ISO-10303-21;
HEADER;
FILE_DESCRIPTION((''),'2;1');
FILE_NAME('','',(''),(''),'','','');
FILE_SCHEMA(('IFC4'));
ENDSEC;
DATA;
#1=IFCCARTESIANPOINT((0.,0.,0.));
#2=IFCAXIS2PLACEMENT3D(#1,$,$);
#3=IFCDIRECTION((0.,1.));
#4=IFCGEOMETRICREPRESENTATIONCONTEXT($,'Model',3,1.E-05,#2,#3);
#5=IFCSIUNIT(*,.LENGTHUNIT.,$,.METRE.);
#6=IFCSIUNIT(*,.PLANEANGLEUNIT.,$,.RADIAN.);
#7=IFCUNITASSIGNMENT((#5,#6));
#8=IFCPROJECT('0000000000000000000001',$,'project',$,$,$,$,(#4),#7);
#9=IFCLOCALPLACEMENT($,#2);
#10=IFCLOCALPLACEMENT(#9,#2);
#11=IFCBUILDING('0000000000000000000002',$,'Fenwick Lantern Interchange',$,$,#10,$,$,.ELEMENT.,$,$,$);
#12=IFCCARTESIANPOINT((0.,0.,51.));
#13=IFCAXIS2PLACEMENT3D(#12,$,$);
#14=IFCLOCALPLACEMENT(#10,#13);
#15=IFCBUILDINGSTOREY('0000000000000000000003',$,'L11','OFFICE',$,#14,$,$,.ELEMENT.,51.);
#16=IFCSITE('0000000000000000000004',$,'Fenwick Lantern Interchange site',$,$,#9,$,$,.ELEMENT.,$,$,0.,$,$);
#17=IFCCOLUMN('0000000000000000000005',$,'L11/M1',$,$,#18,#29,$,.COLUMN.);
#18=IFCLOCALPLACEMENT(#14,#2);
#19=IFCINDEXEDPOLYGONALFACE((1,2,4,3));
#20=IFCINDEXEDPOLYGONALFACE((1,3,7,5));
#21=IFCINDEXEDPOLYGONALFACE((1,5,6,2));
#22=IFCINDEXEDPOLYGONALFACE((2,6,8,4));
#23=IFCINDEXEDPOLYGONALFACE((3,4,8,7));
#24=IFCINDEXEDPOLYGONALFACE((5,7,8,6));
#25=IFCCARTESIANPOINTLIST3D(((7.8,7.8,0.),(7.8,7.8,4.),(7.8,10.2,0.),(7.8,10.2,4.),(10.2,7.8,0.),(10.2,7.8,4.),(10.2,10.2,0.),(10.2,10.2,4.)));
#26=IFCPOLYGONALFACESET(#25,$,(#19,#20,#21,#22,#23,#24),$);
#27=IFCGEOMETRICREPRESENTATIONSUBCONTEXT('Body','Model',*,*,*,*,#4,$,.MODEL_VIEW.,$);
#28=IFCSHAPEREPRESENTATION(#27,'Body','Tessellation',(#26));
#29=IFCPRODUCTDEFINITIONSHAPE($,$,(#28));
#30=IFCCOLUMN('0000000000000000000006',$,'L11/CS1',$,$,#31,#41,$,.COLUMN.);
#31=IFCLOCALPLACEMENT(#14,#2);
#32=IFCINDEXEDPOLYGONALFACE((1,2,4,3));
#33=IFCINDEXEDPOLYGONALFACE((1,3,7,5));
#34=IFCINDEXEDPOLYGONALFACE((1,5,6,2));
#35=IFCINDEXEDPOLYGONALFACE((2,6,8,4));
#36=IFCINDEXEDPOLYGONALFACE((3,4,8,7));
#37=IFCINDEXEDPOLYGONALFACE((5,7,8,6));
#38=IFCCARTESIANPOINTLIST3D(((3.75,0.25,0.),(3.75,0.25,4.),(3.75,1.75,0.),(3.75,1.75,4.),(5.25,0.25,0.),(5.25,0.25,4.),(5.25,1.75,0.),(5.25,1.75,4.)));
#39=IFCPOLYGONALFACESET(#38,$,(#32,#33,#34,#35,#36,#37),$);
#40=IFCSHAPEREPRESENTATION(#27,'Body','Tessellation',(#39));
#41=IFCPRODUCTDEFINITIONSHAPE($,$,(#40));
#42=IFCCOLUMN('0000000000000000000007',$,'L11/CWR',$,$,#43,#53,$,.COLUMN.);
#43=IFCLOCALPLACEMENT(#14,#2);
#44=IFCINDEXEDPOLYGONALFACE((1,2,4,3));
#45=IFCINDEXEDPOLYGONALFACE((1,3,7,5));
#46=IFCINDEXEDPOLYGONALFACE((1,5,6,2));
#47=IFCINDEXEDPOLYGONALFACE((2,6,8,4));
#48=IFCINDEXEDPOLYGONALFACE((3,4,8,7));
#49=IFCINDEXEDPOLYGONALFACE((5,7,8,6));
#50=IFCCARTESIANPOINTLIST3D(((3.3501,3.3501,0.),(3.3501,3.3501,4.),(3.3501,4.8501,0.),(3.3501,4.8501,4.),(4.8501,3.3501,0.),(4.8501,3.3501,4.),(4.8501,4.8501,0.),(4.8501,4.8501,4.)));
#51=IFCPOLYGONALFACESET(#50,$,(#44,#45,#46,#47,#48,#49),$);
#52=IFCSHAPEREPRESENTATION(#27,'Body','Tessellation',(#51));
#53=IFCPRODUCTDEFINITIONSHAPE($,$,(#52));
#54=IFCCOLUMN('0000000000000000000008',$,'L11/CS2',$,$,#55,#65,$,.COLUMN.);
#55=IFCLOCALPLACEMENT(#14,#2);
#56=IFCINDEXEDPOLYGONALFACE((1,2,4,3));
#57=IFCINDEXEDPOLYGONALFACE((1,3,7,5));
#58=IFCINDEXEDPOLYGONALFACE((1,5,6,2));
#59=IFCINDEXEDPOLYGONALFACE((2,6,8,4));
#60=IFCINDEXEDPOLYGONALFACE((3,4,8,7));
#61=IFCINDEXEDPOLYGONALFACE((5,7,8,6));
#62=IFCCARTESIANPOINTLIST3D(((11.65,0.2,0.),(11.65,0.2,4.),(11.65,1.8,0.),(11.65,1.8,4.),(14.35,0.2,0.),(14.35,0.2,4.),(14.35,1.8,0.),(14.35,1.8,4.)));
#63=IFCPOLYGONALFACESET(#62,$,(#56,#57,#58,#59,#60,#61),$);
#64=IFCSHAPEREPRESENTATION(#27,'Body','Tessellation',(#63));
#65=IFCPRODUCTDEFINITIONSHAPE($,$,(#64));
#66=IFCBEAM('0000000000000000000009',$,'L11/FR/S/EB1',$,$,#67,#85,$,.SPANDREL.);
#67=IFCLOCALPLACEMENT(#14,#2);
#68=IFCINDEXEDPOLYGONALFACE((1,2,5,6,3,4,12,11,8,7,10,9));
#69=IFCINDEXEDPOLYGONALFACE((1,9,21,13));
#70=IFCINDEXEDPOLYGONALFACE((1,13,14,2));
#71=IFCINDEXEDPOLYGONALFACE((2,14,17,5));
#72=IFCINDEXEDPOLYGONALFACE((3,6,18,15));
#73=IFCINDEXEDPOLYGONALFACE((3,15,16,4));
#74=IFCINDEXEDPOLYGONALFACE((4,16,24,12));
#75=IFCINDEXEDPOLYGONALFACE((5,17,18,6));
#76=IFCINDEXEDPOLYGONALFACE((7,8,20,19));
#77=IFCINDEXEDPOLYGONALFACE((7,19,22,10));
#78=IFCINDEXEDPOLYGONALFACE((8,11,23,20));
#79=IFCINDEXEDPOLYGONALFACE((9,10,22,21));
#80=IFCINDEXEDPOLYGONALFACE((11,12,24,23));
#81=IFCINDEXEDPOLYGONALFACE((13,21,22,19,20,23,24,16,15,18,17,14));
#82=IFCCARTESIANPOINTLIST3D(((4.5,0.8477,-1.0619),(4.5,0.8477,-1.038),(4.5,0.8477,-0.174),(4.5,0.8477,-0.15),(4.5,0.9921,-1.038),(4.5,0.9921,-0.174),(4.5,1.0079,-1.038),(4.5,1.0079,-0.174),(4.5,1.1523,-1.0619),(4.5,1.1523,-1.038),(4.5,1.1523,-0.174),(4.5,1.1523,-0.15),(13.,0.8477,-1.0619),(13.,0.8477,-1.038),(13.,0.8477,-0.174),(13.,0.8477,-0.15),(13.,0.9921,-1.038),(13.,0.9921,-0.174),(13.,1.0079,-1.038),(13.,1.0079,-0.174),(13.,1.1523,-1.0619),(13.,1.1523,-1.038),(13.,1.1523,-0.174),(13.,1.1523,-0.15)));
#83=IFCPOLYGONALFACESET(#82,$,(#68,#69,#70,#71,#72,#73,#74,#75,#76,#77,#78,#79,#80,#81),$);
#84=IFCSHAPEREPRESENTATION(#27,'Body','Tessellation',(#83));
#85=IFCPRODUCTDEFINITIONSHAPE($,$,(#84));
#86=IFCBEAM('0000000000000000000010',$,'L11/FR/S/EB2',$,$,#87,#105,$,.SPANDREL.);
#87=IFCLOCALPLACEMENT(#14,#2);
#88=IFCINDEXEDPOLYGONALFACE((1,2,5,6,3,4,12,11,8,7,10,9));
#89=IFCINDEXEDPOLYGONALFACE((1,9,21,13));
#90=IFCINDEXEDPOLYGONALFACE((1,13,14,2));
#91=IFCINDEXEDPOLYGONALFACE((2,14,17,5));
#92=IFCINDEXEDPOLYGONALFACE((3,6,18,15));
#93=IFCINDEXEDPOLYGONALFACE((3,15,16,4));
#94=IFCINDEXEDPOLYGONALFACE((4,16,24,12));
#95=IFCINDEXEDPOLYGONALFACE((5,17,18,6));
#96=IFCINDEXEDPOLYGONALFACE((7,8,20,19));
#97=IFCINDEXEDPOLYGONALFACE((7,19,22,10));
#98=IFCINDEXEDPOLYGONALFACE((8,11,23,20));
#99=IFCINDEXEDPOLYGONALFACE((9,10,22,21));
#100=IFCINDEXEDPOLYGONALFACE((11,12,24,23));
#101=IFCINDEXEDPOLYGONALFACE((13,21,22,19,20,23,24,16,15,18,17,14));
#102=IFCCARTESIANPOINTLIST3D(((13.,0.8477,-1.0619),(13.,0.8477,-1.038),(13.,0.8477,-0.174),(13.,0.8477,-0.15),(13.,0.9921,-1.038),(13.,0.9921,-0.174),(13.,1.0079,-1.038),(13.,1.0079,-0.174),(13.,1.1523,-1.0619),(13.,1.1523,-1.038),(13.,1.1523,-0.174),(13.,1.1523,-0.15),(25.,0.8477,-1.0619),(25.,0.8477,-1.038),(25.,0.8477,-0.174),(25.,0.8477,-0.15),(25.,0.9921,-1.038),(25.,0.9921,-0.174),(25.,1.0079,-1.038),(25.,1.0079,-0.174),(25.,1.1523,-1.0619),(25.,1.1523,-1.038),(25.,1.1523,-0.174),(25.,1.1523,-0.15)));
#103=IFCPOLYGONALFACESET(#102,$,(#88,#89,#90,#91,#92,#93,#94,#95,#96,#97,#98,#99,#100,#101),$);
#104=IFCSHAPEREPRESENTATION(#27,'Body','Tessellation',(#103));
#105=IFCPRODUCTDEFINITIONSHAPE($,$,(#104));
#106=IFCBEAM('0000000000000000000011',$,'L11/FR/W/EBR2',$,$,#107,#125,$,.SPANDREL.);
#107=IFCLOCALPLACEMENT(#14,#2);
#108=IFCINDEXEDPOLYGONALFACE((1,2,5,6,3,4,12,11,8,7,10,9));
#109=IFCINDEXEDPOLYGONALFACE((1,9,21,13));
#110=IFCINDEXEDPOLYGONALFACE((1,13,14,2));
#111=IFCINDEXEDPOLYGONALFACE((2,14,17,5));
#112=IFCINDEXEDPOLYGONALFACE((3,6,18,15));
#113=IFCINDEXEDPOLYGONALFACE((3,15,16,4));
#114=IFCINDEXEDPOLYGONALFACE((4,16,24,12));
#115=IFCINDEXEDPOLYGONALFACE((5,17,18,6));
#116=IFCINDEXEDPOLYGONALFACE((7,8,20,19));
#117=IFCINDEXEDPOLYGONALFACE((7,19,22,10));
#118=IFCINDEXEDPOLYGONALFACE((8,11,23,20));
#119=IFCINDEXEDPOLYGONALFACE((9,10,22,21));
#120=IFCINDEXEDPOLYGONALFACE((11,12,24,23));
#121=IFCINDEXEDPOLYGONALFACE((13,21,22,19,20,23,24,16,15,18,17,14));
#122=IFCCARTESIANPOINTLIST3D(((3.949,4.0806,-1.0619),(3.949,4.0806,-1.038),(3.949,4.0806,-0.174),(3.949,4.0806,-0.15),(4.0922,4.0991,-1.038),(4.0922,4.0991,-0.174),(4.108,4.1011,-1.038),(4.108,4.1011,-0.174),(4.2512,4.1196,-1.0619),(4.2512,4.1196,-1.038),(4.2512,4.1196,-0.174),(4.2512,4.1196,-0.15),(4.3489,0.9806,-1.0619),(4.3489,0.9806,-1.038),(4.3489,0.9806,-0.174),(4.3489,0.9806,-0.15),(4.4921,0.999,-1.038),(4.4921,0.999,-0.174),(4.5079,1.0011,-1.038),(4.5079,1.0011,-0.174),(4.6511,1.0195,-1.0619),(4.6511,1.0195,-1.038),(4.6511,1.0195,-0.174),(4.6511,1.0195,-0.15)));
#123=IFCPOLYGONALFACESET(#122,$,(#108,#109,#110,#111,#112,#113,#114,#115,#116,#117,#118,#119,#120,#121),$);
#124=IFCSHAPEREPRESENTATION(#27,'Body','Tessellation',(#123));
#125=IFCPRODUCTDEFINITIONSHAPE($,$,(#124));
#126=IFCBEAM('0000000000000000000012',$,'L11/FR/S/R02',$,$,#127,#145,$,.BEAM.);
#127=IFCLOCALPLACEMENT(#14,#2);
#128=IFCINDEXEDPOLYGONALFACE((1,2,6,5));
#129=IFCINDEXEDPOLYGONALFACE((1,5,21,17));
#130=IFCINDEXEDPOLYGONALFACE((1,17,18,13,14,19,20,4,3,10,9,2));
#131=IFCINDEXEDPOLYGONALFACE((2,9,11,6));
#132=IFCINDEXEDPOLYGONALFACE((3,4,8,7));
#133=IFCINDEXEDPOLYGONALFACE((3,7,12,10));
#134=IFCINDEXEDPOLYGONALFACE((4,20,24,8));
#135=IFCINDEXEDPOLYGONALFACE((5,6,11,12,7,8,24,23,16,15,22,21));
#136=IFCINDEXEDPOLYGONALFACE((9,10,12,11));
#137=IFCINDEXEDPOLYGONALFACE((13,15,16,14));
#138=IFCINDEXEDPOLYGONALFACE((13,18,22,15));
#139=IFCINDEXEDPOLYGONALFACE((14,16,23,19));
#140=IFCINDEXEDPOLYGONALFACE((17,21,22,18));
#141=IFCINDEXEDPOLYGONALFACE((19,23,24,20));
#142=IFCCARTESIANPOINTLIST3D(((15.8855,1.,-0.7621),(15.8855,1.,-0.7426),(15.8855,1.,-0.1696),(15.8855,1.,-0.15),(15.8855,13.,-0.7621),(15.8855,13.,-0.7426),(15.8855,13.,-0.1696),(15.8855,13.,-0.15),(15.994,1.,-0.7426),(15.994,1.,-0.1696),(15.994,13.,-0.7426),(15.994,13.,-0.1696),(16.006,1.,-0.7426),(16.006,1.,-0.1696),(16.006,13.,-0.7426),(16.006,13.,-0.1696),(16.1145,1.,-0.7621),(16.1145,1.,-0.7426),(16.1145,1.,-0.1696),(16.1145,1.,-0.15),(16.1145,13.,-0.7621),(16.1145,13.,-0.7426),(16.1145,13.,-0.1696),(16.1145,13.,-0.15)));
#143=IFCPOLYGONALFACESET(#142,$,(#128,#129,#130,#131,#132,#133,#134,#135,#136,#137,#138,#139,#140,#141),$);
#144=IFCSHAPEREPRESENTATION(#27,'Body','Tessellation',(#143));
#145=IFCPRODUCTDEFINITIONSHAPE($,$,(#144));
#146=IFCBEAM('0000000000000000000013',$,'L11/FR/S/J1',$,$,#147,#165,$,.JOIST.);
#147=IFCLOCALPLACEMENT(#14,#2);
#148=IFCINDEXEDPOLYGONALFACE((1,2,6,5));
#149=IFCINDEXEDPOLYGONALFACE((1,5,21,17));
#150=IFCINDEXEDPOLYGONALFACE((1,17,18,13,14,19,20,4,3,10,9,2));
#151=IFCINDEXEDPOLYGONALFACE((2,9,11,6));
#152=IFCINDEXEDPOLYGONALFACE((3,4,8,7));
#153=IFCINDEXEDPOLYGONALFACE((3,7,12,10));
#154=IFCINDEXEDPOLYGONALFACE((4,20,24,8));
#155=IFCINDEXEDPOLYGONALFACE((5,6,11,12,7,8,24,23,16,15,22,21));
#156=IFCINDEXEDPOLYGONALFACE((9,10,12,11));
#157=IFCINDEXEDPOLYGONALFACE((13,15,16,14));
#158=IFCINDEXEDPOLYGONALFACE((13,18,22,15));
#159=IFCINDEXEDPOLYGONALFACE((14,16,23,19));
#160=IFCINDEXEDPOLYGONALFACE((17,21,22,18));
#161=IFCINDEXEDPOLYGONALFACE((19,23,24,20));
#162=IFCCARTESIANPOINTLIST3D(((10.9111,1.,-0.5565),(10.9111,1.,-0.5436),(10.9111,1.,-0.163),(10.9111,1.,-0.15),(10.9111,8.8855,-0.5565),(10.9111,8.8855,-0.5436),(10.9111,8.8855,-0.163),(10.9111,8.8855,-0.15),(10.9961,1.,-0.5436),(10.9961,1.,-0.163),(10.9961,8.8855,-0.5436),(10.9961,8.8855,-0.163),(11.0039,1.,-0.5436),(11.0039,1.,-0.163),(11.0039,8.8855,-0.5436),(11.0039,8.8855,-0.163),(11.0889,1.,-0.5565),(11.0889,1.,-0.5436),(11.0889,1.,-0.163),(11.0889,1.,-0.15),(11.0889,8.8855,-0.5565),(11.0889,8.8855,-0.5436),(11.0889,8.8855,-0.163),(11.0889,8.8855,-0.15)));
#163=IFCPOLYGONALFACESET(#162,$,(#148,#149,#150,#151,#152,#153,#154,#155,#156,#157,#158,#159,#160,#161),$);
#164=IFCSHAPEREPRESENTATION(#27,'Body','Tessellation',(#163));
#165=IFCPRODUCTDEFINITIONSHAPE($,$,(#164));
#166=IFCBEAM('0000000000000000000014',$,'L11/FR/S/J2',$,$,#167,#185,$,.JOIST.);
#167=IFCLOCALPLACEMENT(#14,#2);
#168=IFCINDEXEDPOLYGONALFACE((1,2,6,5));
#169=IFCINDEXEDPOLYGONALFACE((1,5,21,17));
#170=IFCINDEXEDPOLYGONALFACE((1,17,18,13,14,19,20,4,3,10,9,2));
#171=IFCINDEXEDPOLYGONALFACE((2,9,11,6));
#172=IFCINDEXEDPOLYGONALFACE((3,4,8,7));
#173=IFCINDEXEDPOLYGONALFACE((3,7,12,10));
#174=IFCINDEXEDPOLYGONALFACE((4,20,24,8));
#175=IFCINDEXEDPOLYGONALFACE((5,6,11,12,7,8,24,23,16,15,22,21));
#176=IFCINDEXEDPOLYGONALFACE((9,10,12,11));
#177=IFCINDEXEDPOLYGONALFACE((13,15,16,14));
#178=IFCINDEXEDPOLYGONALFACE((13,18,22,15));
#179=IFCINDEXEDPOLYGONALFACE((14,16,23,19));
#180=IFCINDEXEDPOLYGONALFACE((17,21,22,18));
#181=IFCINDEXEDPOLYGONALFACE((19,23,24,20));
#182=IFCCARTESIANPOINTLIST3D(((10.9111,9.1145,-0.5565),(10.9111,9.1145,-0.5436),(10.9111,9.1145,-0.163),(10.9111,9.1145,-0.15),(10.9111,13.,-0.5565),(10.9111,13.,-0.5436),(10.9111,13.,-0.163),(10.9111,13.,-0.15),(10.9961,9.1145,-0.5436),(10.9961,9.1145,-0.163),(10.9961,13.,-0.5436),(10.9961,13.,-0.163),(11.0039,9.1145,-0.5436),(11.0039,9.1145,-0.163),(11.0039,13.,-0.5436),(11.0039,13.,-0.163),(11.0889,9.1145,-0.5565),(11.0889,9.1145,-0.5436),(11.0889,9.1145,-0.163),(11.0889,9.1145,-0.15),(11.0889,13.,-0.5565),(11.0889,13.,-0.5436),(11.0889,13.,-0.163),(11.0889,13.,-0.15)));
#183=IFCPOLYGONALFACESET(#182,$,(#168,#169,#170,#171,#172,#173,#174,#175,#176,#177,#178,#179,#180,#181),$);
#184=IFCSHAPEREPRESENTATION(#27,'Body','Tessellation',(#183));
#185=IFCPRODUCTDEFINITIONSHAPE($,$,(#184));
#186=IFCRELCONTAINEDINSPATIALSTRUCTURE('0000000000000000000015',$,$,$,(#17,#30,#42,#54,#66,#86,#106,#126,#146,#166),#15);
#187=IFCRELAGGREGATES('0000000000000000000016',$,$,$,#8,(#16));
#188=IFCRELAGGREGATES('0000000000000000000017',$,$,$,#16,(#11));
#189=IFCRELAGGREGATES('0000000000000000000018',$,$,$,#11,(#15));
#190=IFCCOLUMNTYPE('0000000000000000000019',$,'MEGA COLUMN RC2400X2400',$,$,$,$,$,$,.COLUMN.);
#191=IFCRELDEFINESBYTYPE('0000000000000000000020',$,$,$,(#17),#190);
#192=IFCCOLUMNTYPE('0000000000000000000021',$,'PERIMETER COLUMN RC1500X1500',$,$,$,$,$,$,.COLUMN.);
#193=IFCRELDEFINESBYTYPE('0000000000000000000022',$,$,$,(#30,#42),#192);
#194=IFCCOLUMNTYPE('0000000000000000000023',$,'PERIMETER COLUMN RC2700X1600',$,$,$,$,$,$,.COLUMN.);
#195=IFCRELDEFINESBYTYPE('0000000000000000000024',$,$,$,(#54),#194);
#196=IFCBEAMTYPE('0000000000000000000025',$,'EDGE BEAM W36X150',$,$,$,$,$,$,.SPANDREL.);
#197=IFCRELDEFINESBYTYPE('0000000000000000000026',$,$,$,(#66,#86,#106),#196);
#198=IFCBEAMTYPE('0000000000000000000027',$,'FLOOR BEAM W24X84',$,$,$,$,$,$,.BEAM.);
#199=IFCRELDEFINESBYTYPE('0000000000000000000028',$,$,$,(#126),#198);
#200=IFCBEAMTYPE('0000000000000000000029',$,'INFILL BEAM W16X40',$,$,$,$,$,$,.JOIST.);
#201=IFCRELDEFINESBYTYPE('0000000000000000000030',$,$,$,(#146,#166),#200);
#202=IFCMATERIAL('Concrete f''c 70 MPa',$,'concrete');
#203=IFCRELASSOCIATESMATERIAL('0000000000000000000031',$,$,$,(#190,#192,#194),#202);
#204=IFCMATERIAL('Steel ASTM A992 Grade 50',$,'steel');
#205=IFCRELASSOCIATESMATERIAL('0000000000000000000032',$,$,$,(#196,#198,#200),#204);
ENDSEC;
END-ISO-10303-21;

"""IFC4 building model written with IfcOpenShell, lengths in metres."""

from ifc_helpers import new_model, si_unit, direction, frame, origin, origin_2d, place, context, subcontext, project, spatial, rectangle, i_section, extrude, material, material_profile, profile_set, type_object, element, save


model = new_model("IFC4")

# Units and contexts
model_context = context("Model", 3, precision=1e-05, world=origin(), true_north=direction((0.0, 1.0)))
body_context = subcontext(model_context, "Body", "Model", "MODEL_VIEW")
ifc_project = project(units=[si_unit("LENGTHUNIT", "METRE"), si_unit("PLANEANGLEUNIT", "RADIAN")], contexts=[model_context])

# Site, building, storey
site_placement = place(None, origin())
site = spatial("IfcSite", under=ifc_project, at=site_placement, Name="Fenwick Lantern Interchange site", CompositionType="ELEMENT", RefElevation=0.0)
building_placement = place(site_placement, origin())
building = spatial("IfcBuilding", under=site, at=building_placement, Name="Fenwick Lantern Interchange", CompositionType="ELEMENT")
storey_placement = place(building_placement, frame((0.0, 0.0, 51.0)))
storey = spatial("IfcBuildingStorey", under=building, at=storey_placement, Name="L11", Description="OFFICE", CompositionType="ELEMENT", Elevation=51.0)

# Columns
ifc_material_1 = material(Name="Concrete f'c 70 MPa", Category="concrete")
ifc_material_profile_1 = material_profile(ifc_material_1, rectangle(XDim=2.3999, YDim=2.3999, at=origin_2d()), Name="RC2400X2400")
ifc_profile_set_1 = profile_set([ifc_material_profile_1], Name="Concrete f'c 70 MPa")
column_type_1 = type_object("IfcColumnType", Name="MEGA COLUMN RC2400X2400", PredefinedType="COLUMN", material=ifc_profile_set_1)
column_1_placement = place(storey_placement, frame((9.0, 9.0, 0.0), z_axis=(0.0, 0.0, 1.0), x_axis=(1.0, 0.0, 0.0)))
element("IfcColumn", 1, at=column_1_placement, inside=storey, type_object=column_type_1, Name="L11/M1", PredefinedType="COLUMN", context=body_context, shape_type="SweptSolid", body=[
    extrude(rectangle(XDim=2.3999, YDim=2.3999, at=origin_2d()), origin(), (0.0, 0.0, 1.0), 4.0),
])
ifc_material_profile_2 = material_profile(ifc_material_1, rectangle(XDim=1.5, YDim=1.5, at=origin_2d()), Name="RC1500X1500")
ifc_profile_set_2 = profile_set([ifc_material_profile_2], Name="Concrete f'c 70 MPa")
column_type_2 = type_object("IfcColumnType", Name="PERIMETER COLUMN RC1500X1500", PredefinedType="COLUMN", material=ifc_profile_set_2)
for number, where, z_axis, x_axis, name in (
    (2, (4.5, 1.0, 0.0), (0.0, 0.0, 1.0), (1.0, 0.0, 0.0), "L11/CS1"),
    (3, (4.1001, 4.1001, 0.0), (0.0, 0.0, 1.0), (1.0, 0.0, 0.0), "L11/CWR"),
):
    element("IfcColumn", number, at=place(storey_placement, frame(where, z_axis=z_axis, x_axis=x_axis)), inside=storey, type_object=column_type_2, Name=name, PredefinedType="COLUMN", context=body_context, shape_type="SweptSolid", body=[
        extrude(rectangle(XDim=1.5, YDim=1.5, at=origin_2d()), origin(), (0.0, 0.0, 1.0), 4.0),
    ])
ifc_material_profile_3 = material_profile(ifc_material_1, rectangle(XDim=2.7, YDim=1.6001, at=origin_2d()), Name="RC2700X1600")
ifc_profile_set_3 = profile_set([ifc_material_profile_3], Name="Concrete f'c 70 MPa")
column_type_3 = type_object("IfcColumnType", Name="PERIMETER COLUMN RC2700X1600", PredefinedType="COLUMN", material=ifc_profile_set_3)
column_2_placement = place(storey_placement, frame((13.0, 1.0, 0.0), z_axis=(0.0, 0.0, 1.0), x_axis=(1.0, 0.0, 0.0)))
element("IfcColumn", 4, at=column_2_placement, inside=storey, type_object=column_type_3, Name="L11/CS2", PredefinedType="COLUMN", context=body_context, shape_type="SweptSolid", body=[
    extrude(rectangle(XDim=2.7, YDim=1.6001, at=origin_2d()), origin(), (0.0, 0.0, 1.0), 4.0),
])

# Beams
ifc_material_2 = material(Name="Steel ASTM A992 Grade 50", Category="steel")
ifc_material_profile_4 = material_profile(ifc_material_2, i_section(OverallWidth=0.3047, OverallDepth=0.9119, WebThickness=0.0159, FlangeThickness=0.0239, at=origin_2d()), Name="W36X150")
ifc_profile_set_4 = profile_set([ifc_material_profile_4], Name="Steel ASTM A992 Grade 50")
beam_type_1 = type_object("IfcBeamType", Name="EDGE BEAM W36X150", PredefinedType="SPANDREL", material=ifc_profile_set_4)
beam_1_placement = place(storey_placement, frame((4.5, 1.0, -0.606), z_axis=(1.0, 0.0, 0.0), x_axis=(0.0, 1.0, 0.0)))
element("IfcBeam", 5, at=beam_1_placement, inside=storey, type_object=beam_type_1, Name="L11/FR/S/EB1", PredefinedType="SPANDREL", context=body_context, shape_type="SweptSolid", body=[
    extrude(i_section(OverallWidth=0.3047, OverallDepth=0.9119, WebThickness=0.0159, FlangeThickness=0.0239, at=origin_2d()), origin(), (0.0, 0.0, 1.0), 8.5),
])
beam_2_placement = place(storey_placement, frame((13.0, 1.0, -0.606), z_axis=(1.0, 0.0, 0.0), x_axis=(0.0, 1.0, 0.0)))
element("IfcBeam", 6, at=beam_2_placement, inside=storey, type_object=beam_type_1, Name="L11/FR/S/EB2", PredefinedType="SPANDREL", context=body_context, shape_type="SweptSolid", body=[
    extrude(i_section(OverallWidth=0.3047, OverallDepth=0.9119, WebThickness=0.0159, FlangeThickness=0.0239, at=origin_2d()), origin(), (0.0, 0.0, 1.0), 12.0),
])
beam_3_placement = place(storey_placement, frame((4.1001, 4.1001, -0.606), z_axis=(0.127937, -0.991782, 0.0), x_axis=(0.991782, 0.127937, 0.0)))
element("IfcBeam", 7, at=beam_3_placement, inside=storey, type_object=beam_type_1, Name="L11/FR/W/EBR2", PredefinedType="SPANDREL", context=body_context, shape_type="SweptSolid", body=[
    extrude(i_section(OverallWidth=0.3047, OverallDepth=0.9119, WebThickness=0.0159, FlangeThickness=0.0239, at=origin_2d()), origin(), (0.0, 0.0, 1.0), 3.1257),
])
ifc_material_profile_5 = material_profile(ifc_material_2, i_section(OverallWidth=0.229, OverallDepth=0.6121, WebThickness=0.012, FlangeThickness=0.0195, at=origin_2d()), Name="W24X84")
ifc_profile_set_5 = profile_set([ifc_material_profile_5], Name="Steel ASTM A992 Grade 50")
beam_type_2 = type_object("IfcBeamType", Name="FLOOR BEAM W24X84", PredefinedType="BEAM", material=ifc_profile_set_5)
beam_4_placement = place(storey_placement, frame((16.0, 1.0, -0.4561), z_axis=(0.0, 1.0, 0.0), x_axis=(-1.0, 0.0, 0.0)))
element("IfcBeam", 8, at=beam_4_placement, inside=storey, type_object=beam_type_2, Name="L11/FR/S/R02", PredefinedType="BEAM", context=body_context, shape_type="SweptSolid", body=[
    extrude(i_section(OverallWidth=0.229, OverallDepth=0.6121, WebThickness=0.012, FlangeThickness=0.0195, at=origin_2d()), origin(), (0.0, 0.0, 1.0), 12.0),
])
ifc_material_profile_6 = material_profile(ifc_material_2, i_section(OverallWidth=0.1777, OverallDepth=0.4065, WebThickness=0.0078, FlangeThickness=0.0129, at=origin_2d()), Name="W16X40")
ifc_profile_set_6 = profile_set([ifc_material_profile_6], Name="Steel ASTM A992 Grade 50")
beam_type_3 = type_object("IfcBeamType", Name="INFILL BEAM W16X40", PredefinedType="JOIST", material=ifc_profile_set_6)
beam_5_placement = place(storey_placement, frame((11.0, 1.0, -0.3533), z_axis=(0.0, 1.0, 0.0), x_axis=(-1.0, 0.0, 0.0)))
element("IfcBeam", 9, at=beam_5_placement, inside=storey, type_object=beam_type_3, Name="L11/FR/S/J1", PredefinedType="JOIST", context=body_context, shape_type="SweptSolid", body=[
    extrude(i_section(OverallWidth=0.1777, OverallDepth=0.4065, WebThickness=0.0078, FlangeThickness=0.0129, at=origin_2d()), origin(), (0.0, 0.0, 1.0), 7.8855),
])
beam_6_placement = place(storey_placement, frame((11.0, 9.1145, -0.3533), z_axis=(0.0, 1.0, 0.0), x_axis=(-1.0, 0.0, 0.0)))
element("IfcBeam", 10, at=beam_6_placement, inside=storey, type_object=beam_type_3, Name="L11/FR/S/J2", PredefinedType="JOIST", context=body_context, shape_type="SweptSolid", body=[
    extrude(i_section(OverallWidth=0.1777, OverallDepth=0.4065, WebThickness=0.0078, FlangeThickness=0.0129, at=origin_2d()), origin(), (0.0, 0.0, 1.0), 3.8855),
])

save(model, "model.ifc")
